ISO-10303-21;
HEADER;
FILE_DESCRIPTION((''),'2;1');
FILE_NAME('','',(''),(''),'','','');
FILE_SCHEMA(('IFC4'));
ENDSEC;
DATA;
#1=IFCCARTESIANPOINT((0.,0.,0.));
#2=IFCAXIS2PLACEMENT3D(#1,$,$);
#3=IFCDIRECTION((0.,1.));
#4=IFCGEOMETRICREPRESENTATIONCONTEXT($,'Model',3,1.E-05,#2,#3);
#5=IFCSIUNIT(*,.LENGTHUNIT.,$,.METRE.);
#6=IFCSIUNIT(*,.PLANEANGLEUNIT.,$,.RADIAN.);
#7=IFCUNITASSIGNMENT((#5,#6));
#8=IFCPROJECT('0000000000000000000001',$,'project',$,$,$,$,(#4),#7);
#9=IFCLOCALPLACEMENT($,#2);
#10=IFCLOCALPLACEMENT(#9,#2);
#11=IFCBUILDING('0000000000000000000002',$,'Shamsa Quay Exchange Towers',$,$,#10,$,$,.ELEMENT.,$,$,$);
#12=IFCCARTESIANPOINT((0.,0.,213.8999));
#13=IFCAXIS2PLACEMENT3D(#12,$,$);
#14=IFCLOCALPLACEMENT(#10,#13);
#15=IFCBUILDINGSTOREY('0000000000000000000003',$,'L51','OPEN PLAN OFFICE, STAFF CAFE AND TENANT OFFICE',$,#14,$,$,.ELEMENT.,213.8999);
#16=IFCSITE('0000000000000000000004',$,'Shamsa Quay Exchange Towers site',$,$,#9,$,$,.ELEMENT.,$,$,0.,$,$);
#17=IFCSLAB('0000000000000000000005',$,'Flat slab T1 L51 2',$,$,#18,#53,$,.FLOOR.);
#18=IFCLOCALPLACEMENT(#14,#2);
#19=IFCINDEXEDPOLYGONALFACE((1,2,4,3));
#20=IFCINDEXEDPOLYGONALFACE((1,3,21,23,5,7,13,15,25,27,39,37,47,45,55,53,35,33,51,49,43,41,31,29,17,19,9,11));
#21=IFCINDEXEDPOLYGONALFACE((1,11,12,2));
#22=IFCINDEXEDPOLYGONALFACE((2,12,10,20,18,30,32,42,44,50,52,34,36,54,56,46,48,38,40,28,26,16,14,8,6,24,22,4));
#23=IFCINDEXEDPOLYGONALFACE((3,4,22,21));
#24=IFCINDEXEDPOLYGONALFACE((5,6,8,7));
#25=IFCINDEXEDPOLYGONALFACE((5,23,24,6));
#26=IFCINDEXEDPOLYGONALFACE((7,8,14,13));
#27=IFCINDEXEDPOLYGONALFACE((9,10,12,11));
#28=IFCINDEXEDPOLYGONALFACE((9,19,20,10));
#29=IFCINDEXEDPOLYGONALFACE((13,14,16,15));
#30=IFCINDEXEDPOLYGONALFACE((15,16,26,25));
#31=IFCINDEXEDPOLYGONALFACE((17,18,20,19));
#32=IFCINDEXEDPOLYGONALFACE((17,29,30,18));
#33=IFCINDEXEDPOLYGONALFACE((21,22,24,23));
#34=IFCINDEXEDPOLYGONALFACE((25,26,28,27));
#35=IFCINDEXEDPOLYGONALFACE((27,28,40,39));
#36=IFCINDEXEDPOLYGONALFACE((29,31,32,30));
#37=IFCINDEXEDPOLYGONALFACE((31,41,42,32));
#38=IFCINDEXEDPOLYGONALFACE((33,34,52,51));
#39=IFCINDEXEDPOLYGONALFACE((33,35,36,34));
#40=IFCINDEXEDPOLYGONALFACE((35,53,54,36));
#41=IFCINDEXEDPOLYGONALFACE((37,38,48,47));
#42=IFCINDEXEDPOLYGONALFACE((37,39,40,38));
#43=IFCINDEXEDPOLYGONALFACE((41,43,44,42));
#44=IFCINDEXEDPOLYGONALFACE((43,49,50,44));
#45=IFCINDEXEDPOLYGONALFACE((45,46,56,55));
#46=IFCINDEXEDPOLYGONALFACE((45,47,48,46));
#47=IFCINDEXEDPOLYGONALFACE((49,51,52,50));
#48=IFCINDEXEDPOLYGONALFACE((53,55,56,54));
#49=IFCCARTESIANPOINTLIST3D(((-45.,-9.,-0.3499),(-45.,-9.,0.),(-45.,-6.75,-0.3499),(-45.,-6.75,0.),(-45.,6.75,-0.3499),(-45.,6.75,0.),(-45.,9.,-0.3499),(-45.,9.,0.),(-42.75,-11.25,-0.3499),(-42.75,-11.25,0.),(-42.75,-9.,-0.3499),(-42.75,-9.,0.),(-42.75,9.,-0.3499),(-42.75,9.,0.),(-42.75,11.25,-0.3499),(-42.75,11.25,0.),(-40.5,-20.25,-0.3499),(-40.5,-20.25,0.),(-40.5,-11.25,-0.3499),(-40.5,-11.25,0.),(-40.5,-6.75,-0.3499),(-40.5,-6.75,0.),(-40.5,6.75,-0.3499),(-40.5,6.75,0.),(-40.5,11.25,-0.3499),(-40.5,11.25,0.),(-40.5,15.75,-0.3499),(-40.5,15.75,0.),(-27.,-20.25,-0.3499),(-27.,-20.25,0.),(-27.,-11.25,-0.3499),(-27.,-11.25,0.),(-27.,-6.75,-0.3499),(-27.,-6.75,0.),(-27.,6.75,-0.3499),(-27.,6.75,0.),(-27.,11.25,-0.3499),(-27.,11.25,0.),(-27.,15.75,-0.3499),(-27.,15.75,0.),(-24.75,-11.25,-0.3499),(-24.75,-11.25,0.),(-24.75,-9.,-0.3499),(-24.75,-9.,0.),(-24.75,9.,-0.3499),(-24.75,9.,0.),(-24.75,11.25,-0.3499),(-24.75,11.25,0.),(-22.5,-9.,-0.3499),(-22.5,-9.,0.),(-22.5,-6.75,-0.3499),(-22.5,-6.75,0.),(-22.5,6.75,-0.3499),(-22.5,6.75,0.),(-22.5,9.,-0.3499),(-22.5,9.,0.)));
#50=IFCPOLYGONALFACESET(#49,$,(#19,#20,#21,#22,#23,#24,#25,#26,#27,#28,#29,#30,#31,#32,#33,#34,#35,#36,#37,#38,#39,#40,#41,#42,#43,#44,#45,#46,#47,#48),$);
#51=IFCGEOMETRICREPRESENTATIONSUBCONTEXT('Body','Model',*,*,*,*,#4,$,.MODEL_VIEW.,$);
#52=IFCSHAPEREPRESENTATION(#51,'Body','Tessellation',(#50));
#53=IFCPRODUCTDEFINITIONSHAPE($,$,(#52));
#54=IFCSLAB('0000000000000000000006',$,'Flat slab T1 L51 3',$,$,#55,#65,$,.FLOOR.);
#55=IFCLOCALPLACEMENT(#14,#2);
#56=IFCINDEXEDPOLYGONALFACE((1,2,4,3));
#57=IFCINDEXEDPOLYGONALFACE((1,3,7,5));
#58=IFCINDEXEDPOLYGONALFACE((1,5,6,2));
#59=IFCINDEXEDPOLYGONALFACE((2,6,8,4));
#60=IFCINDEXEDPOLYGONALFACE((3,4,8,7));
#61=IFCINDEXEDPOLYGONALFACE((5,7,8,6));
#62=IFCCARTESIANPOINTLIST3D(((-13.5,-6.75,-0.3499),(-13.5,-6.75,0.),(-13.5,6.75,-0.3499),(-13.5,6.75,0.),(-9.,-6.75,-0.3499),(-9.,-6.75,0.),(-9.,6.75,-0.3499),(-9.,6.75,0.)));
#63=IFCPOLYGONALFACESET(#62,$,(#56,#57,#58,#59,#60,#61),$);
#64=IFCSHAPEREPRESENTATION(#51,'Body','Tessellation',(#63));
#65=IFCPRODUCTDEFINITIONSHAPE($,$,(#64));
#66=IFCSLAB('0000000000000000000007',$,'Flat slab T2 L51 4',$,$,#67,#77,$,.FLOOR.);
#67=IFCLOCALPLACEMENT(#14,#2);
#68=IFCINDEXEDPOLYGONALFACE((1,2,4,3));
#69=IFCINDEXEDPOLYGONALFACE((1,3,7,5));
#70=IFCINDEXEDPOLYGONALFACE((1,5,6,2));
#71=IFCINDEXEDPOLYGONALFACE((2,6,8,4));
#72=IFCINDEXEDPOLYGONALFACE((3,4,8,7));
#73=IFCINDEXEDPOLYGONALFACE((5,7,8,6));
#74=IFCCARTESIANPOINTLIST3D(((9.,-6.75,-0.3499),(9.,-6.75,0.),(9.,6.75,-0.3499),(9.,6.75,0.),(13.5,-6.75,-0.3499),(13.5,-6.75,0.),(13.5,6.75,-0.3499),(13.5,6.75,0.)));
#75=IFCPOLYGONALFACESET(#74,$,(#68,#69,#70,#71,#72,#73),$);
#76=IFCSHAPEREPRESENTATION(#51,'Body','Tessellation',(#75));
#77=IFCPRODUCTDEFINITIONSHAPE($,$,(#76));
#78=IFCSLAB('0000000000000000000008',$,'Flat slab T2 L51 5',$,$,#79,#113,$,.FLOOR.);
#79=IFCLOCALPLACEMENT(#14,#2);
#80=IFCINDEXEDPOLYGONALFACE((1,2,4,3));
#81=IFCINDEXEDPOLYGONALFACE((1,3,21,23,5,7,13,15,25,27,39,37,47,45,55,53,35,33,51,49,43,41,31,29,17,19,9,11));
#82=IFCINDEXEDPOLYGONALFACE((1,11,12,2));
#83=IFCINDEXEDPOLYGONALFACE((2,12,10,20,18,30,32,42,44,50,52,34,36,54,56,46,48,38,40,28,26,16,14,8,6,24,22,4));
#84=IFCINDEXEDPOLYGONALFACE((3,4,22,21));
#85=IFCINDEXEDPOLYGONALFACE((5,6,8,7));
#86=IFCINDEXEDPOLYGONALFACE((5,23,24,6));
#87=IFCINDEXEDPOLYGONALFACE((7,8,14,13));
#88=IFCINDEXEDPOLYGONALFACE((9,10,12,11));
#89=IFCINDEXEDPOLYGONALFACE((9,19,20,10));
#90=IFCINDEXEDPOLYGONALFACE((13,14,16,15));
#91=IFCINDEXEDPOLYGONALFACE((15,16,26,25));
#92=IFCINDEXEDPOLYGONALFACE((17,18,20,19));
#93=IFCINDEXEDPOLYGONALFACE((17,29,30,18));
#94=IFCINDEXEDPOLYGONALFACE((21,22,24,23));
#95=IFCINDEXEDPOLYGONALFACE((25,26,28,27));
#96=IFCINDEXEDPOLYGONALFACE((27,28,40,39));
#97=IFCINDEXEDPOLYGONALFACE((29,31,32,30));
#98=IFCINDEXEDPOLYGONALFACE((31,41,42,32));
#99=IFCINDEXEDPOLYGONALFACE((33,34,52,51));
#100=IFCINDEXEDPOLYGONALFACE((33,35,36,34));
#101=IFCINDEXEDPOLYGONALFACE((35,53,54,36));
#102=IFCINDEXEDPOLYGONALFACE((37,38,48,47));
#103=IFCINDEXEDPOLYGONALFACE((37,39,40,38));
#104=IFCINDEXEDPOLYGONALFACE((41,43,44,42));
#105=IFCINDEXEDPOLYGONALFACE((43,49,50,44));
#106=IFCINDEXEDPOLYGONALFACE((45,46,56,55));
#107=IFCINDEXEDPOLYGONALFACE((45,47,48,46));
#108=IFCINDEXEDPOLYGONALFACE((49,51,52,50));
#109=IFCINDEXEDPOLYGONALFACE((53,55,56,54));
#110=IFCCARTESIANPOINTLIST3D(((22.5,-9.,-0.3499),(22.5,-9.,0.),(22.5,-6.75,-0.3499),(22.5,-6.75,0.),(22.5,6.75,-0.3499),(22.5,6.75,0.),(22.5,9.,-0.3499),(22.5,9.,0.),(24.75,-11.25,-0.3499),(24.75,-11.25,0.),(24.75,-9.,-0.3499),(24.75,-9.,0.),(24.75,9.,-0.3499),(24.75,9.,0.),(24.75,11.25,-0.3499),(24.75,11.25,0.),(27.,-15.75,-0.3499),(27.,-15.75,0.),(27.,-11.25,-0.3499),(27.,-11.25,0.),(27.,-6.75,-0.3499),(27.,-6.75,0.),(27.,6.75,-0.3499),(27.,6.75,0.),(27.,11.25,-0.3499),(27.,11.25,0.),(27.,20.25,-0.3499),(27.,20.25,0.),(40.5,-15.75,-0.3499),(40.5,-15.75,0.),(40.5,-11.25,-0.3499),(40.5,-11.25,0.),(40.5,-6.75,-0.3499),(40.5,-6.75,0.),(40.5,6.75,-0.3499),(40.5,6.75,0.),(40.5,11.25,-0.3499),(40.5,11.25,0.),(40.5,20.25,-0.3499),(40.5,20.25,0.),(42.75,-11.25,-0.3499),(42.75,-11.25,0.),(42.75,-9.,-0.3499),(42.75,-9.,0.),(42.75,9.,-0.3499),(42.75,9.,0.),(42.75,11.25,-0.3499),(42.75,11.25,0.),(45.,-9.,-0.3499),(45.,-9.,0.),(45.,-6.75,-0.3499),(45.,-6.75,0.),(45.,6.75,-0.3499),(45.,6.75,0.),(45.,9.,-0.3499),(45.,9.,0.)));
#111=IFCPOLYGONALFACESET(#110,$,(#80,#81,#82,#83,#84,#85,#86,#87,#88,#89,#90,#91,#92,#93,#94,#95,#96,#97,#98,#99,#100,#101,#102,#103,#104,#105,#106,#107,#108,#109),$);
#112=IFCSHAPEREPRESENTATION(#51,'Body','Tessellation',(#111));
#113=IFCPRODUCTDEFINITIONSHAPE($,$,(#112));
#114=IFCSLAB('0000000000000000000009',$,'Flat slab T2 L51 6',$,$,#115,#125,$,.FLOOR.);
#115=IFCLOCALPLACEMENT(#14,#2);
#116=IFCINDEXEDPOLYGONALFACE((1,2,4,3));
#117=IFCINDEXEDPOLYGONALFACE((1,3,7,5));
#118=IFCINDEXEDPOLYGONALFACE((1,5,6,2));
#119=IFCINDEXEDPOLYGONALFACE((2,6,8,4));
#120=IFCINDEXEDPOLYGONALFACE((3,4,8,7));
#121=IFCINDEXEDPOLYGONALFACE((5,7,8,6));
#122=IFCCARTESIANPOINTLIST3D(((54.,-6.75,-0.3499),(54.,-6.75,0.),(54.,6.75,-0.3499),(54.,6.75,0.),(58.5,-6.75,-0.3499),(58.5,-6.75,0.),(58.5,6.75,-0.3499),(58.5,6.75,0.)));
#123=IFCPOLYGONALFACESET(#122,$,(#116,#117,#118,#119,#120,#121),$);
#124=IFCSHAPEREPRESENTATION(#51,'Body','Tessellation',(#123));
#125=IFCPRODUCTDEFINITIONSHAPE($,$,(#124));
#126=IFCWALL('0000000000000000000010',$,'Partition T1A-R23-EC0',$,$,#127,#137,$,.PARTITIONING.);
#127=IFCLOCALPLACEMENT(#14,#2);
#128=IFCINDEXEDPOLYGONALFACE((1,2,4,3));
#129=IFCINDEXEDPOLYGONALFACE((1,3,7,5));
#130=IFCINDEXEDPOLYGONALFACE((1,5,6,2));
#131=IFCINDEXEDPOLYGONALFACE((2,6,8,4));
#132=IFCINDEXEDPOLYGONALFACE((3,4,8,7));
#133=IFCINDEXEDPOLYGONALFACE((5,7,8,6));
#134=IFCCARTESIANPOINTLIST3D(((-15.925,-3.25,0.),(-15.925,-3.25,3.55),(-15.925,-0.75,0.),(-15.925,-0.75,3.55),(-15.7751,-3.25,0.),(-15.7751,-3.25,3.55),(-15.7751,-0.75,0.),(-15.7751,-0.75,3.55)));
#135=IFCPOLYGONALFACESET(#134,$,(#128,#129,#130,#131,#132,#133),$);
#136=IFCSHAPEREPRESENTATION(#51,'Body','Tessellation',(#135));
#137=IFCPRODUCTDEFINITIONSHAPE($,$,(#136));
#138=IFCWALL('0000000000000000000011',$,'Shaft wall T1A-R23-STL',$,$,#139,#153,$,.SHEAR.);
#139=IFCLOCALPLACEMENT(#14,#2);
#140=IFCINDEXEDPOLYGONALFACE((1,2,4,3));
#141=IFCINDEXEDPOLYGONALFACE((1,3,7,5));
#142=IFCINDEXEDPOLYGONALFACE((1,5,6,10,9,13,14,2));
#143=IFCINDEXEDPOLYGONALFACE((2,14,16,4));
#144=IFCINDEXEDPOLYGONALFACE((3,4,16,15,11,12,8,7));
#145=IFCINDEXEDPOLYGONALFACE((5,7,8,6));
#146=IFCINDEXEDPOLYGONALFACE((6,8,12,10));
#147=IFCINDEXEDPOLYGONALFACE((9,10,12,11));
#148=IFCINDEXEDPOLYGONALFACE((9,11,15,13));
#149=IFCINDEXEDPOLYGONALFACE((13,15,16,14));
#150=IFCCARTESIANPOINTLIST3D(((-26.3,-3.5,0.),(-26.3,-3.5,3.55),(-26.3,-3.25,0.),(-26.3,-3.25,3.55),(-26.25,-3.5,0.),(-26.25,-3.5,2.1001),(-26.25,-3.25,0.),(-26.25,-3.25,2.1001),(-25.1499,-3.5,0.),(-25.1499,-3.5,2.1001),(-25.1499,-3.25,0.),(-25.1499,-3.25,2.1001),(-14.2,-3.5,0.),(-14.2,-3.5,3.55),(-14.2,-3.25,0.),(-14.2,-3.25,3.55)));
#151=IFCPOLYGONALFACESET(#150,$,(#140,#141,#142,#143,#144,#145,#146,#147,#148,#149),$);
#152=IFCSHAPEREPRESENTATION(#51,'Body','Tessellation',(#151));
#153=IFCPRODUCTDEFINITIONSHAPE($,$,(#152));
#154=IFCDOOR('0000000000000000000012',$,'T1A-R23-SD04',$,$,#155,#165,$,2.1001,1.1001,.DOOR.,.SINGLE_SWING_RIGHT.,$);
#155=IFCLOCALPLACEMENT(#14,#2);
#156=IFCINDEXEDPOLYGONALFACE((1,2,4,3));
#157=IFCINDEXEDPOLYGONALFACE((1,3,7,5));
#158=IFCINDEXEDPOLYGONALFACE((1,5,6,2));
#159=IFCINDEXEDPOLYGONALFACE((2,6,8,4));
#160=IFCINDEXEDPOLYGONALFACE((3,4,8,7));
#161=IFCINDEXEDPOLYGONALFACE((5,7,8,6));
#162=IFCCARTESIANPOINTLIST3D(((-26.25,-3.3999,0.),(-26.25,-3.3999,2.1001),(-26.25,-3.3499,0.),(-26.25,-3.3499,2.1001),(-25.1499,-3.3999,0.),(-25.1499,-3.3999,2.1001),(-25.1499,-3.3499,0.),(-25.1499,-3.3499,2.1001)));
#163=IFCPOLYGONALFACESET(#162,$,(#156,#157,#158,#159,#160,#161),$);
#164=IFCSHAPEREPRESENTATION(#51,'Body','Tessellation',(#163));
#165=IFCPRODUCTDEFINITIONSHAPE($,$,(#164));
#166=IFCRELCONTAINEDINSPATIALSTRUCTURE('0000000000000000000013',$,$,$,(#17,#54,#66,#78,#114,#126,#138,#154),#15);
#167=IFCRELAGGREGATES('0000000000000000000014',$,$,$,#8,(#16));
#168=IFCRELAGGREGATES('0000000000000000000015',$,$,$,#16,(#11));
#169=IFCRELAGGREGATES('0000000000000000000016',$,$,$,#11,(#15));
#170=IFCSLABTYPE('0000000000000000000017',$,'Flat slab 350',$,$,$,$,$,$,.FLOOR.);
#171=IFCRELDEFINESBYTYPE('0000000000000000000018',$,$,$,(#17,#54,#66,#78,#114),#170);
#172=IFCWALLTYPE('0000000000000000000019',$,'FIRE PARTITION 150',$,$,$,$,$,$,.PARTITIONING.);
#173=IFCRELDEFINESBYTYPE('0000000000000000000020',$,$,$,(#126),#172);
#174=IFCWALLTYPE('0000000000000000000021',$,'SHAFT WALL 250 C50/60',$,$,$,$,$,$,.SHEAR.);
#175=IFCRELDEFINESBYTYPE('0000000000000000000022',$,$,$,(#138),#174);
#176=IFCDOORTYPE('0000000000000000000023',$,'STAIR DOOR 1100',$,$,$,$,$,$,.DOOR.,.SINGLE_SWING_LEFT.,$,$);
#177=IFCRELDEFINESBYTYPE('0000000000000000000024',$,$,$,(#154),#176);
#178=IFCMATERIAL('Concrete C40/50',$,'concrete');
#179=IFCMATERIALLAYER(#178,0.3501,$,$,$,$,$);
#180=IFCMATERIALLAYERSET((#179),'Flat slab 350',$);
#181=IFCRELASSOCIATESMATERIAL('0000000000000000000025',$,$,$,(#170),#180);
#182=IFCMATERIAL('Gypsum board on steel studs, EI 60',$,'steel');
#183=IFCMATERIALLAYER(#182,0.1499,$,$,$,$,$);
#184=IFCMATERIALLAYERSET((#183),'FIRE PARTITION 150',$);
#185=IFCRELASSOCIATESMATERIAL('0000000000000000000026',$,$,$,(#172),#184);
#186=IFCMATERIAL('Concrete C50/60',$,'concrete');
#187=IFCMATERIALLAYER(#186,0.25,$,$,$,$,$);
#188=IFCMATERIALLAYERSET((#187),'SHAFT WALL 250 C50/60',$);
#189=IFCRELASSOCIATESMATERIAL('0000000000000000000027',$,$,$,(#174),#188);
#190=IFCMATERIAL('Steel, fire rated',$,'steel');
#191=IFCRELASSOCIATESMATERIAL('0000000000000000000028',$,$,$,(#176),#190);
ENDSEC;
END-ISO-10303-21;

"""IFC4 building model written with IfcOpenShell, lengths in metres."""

from ifc_helpers import new_model, si_unit, direction, frame, frame_2d, origin, place, context, subcontext, project, spatial, polyline, rectangle, outline, extrude, material, layer, layer_set, type_object, element, fill, save


model = new_model("IFC4")

# Units and contexts
model_context = context("Model", 3, precision=1e-05, world=origin(), true_north=direction((0.0, 1.0)))
body_context = subcontext(model_context, "Body", "Model", "MODEL_VIEW")
ifc_project = project(units=[si_unit("LENGTHUNIT", "METRE"), si_unit("PLANEANGLEUNIT", "RADIAN")], contexts=[model_context])

# Site, building, storey
site_placement = place(None, origin())
site = spatial("IfcSite", under=ifc_project, at=site_placement, Name="Shamsa Quay Exchange Towers site", CompositionType="ELEMENT", RefElevation=0.0)
building_placement = place(site_placement, origin())
building = spatial("IfcBuilding", under=site, at=building_placement, Name="Shamsa Quay Exchange Towers", CompositionType="ELEMENT")
storey_placement = place(building_placement, frame((0.0, 0.0, 213.8999)))
storey = spatial("IfcBuildingStorey", under=building, at=storey_placement, Name="L51", Description="OPEN PLAN OFFICE, STAFF CAFE AND TENANT OFFICE", CompositionType="ELEMENT", Elevation=213.8999)

# Slabs
ifc_material_1 = material(Name="Concrete C40/50", Category="concrete")
ifc_layer_1 = layer(ifc_material_1, 0.3501)
ifc_layer_set_1 = layer_set([ifc_layer_1], Name="Flat slab 350")
slab_type_1 = type_object("IfcSlabType", Name="Flat slab 350", PredefinedType="FLOOR", material=ifc_layer_set_1)
slab_1_placement = place(storey_placement, frame((0.0, 0.0, -0.3499)))
element("IfcSlab", 1, at=slab_1_placement, inside=storey, type_object=slab_type_1, Name="Flat slab T1 L51 2", PredefinedType="FLOOR", context=body_context, shape_type="SweptSolid", body=[
    extrude(outline(polyline([(-22.5, -9.0), (-22.5, -6.75), (-27.0, -6.75), (-27.0, 6.75), (-22.5, 6.75), (-22.5, 9.0), (-24.75, 9.0), (-24.75, 11.25), (-27.0, 11.25), (-27.0, 15.75), (-40.5, 15.75), (-40.5, 11.25), (-42.75, 11.25), (-42.75, 9.0), (-45.0, 9.0), (-45.0, 6.75), (-40.5, 6.75), (-40.5, -6.75), (-45.0, -6.75), (-45.0, -9.0), (-42.75, -9.0), (-42.75, -11.25), (-40.5, -11.25), (-40.5, -20.25), (-27.0, -20.25), (-27.0, -11.25), (-24.75, -11.25), (-24.75, -9.0), (-22.5, -9.0)])), origin(), (0.0, 0.0, 1.0), 0.3499),
])
slab_2_placement = place(storey_placement, frame((0.0, 0.0, -0.3499)))
element("IfcSlab", 2, at=slab_2_placement, inside=storey, type_object=slab_type_1, Name="Flat slab T1 L51 3", PredefinedType="FLOOR", context=body_context, shape_type="SweptSolid", body=[
    extrude(outline(polyline([(-9.0, 6.75), (-13.5, 6.75), (-13.5, -6.75), (-9.0, -6.75), (-9.0, 6.75)])), origin(), (0.0, 0.0, 1.0), 0.3499),
])
slab_3_placement = place(storey_placement, frame((0.0, 0.0, -0.3499)))
element("IfcSlab", 3, at=slab_3_placement, inside=storey, type_object=slab_type_1, Name="Flat slab T2 L51 4", PredefinedType="FLOOR", context=body_context, shape_type="SweptSolid", body=[
    extrude(outline(polyline([(9.0, -6.75), (13.5, -6.75), (13.5, 6.75), (9.0, 6.75), (9.0, -6.75)])), origin(), (0.0, 0.0, 1.0), 0.3499),
])
slab_4_placement = place(storey_placement, frame((0.0, 0.0, -0.3499)))
element("IfcSlab", 4, at=slab_4_placement, inside=storey, type_object=slab_type_1, Name="Flat slab T2 L51 5", PredefinedType="FLOOR", context=body_context, shape_type="SweptSolid", body=[
    extrude(outline(polyline([(45.0, -9.0), (45.0, -6.75), (40.5, -6.75), (40.5, 6.75), (45.0, 6.75), (45.0, 9.0), (42.75, 9.0), (42.75, 11.25), (40.5, 11.25), (40.5, 20.25), (27.0, 20.25), (27.0, 11.25), (24.75, 11.25), (24.75, 9.0), (22.5, 9.0), (22.5, 6.75), (27.0, 6.75), (27.0, -6.75), (22.5, -6.75), (22.5, -9.0), (24.75, -9.0), (24.75, -11.25), (27.0, -11.25), (27.0, -15.75), (40.5, -15.75), (40.5, -11.25), (42.75, -11.25), (42.75, -9.0), (45.0, -9.0)])), origin(), (0.0, 0.0, 1.0), 0.3499),
])
slab_5_placement = place(storey_placement, frame((0.0, 0.0, -0.3499)))
element("IfcSlab", 5, at=slab_5_placement, inside=storey, type_object=slab_type_1, Name="Flat slab T2 L51 6", PredefinedType="FLOOR", context=body_context, shape_type="SweptSolid", body=[
    extrude(outline(polyline([(58.5, 6.75), (54.0, 6.75), (54.0, -6.75), (58.5, -6.75), (58.5, 6.75)])), origin(), (0.0, 0.0, 1.0), 0.3499),
])

# Wall
ifc_material_2 = material(Name="Gypsum board on steel studs, EI 60", Category="steel")
ifc_layer_2 = layer(ifc_material_2, 0.1499)
ifc_layer_set_2 = layer_set([ifc_layer_2], Name="FIRE PARTITION 150")
wall_type_1 = type_object("IfcWallType", Name="FIRE PARTITION 150", PredefinedType="PARTITIONING", material=ifc_layer_set_2)
wall_1_placement = place(storey_placement, frame((-15.8501, -3.25, 0.0), z_axis=(0.0, 0.0, 1.0), x_axis=(0.0, 1.0, 0.0)))
element("IfcWall", 6, at=wall_1_placement, inside=storey, type_object=wall_type_1, Name="Partition T1A-R23-EC0", PredefinedType="PARTITIONING", context=body_context, shape_type="SweptSolid", body=[
    extrude(rectangle(XDim=2.5, YDim=0.1499, at=frame_2d((1.25, 0.0))), origin(), (0.0, 0.0, 1.0), 3.55),
])

# Wall, opening, door
ifc_material_3 = material(Name="Concrete C50/60", Category="concrete")
ifc_layer_3 = layer(ifc_material_3, 0.25)
ifc_layer_set_3 = layer_set([ifc_layer_3], Name="SHAFT WALL 250 C50/60")
wall_type_2 = type_object("IfcWallType", Name="SHAFT WALL 250 C50/60", PredefinedType="SHEAR", material=ifc_layer_set_3)
wall_2_placement = place(storey_placement, frame((-14.2, -3.375, 0.0), z_axis=(0.0, 0.0, 1.0), x_axis=(-1.0, 0.0, 0.0)))
wall_2 = element("IfcWall", 7, at=wall_2_placement, inside=storey, type_object=wall_type_2, Name="Shaft wall T1A-R23-STL", PredefinedType="SHEAR", context=body_context, shape_type="SweptSolid", body=[
    extrude(rectangle(XDim=12.1001, YDim=0.25, at=frame_2d((6.05, 0.0))), origin(), (0.0, 0.0, 1.0), 3.55),
])
opening_1_placement = place(wall_2_placement, frame((10.95, 0.0, 0.0)))
opening_1 = element("IfcOpeningElement", 8, at=opening_1_placement, cuts=wall_2, PredefinedType="OPENING", context=body_context, shape_type="SweptSolid", body=[
    extrude(rectangle(XDim=1.1001, YDim=2.1001, at=frame_2d((0.55, 1.05))), frame((0.0, 0.135, 0.0), z_axis=(0.0, -1.0, 0.0), x_axis=(1.0, 0.0, 0.0)), (0.0, 0.0, 1.0), 0.27),
])
ifc_material_4 = material(Name="Steel, fire rated", Category="steel")
door_type_1 = type_object("IfcDoorType", Name="STAIR DOOR 1100", OperationType="SINGLE_SWING_LEFT", PredefinedType="DOOR", material=ifc_material_4)
door_1_placement = place(opening_1_placement, origin())
door_1 = element("IfcDoor", 9, at=door_1_placement, inside=storey, type_object=door_type_1, Name="T1A-R23-SD04", OperationType="SINGLE_SWING_RIGHT", OverallHeight=2.1001, OverallWidth=1.1001, PredefinedType="DOOR", context=body_context, shape_type="SweptSolid", body=[
    extrude(rectangle(XDim=1.1001, YDim=2.1001, at=frame_2d((0.55, 1.05))), frame((0.0, 0.0249, 0.0), z_axis=(0.0, -1.0, 0.0), x_axis=(1.0, 0.0, 0.0)), (0.0, 0.0, 1.0), 0.05),
])
fill(opening_1, door_1)

save(model, "model.ifc")
